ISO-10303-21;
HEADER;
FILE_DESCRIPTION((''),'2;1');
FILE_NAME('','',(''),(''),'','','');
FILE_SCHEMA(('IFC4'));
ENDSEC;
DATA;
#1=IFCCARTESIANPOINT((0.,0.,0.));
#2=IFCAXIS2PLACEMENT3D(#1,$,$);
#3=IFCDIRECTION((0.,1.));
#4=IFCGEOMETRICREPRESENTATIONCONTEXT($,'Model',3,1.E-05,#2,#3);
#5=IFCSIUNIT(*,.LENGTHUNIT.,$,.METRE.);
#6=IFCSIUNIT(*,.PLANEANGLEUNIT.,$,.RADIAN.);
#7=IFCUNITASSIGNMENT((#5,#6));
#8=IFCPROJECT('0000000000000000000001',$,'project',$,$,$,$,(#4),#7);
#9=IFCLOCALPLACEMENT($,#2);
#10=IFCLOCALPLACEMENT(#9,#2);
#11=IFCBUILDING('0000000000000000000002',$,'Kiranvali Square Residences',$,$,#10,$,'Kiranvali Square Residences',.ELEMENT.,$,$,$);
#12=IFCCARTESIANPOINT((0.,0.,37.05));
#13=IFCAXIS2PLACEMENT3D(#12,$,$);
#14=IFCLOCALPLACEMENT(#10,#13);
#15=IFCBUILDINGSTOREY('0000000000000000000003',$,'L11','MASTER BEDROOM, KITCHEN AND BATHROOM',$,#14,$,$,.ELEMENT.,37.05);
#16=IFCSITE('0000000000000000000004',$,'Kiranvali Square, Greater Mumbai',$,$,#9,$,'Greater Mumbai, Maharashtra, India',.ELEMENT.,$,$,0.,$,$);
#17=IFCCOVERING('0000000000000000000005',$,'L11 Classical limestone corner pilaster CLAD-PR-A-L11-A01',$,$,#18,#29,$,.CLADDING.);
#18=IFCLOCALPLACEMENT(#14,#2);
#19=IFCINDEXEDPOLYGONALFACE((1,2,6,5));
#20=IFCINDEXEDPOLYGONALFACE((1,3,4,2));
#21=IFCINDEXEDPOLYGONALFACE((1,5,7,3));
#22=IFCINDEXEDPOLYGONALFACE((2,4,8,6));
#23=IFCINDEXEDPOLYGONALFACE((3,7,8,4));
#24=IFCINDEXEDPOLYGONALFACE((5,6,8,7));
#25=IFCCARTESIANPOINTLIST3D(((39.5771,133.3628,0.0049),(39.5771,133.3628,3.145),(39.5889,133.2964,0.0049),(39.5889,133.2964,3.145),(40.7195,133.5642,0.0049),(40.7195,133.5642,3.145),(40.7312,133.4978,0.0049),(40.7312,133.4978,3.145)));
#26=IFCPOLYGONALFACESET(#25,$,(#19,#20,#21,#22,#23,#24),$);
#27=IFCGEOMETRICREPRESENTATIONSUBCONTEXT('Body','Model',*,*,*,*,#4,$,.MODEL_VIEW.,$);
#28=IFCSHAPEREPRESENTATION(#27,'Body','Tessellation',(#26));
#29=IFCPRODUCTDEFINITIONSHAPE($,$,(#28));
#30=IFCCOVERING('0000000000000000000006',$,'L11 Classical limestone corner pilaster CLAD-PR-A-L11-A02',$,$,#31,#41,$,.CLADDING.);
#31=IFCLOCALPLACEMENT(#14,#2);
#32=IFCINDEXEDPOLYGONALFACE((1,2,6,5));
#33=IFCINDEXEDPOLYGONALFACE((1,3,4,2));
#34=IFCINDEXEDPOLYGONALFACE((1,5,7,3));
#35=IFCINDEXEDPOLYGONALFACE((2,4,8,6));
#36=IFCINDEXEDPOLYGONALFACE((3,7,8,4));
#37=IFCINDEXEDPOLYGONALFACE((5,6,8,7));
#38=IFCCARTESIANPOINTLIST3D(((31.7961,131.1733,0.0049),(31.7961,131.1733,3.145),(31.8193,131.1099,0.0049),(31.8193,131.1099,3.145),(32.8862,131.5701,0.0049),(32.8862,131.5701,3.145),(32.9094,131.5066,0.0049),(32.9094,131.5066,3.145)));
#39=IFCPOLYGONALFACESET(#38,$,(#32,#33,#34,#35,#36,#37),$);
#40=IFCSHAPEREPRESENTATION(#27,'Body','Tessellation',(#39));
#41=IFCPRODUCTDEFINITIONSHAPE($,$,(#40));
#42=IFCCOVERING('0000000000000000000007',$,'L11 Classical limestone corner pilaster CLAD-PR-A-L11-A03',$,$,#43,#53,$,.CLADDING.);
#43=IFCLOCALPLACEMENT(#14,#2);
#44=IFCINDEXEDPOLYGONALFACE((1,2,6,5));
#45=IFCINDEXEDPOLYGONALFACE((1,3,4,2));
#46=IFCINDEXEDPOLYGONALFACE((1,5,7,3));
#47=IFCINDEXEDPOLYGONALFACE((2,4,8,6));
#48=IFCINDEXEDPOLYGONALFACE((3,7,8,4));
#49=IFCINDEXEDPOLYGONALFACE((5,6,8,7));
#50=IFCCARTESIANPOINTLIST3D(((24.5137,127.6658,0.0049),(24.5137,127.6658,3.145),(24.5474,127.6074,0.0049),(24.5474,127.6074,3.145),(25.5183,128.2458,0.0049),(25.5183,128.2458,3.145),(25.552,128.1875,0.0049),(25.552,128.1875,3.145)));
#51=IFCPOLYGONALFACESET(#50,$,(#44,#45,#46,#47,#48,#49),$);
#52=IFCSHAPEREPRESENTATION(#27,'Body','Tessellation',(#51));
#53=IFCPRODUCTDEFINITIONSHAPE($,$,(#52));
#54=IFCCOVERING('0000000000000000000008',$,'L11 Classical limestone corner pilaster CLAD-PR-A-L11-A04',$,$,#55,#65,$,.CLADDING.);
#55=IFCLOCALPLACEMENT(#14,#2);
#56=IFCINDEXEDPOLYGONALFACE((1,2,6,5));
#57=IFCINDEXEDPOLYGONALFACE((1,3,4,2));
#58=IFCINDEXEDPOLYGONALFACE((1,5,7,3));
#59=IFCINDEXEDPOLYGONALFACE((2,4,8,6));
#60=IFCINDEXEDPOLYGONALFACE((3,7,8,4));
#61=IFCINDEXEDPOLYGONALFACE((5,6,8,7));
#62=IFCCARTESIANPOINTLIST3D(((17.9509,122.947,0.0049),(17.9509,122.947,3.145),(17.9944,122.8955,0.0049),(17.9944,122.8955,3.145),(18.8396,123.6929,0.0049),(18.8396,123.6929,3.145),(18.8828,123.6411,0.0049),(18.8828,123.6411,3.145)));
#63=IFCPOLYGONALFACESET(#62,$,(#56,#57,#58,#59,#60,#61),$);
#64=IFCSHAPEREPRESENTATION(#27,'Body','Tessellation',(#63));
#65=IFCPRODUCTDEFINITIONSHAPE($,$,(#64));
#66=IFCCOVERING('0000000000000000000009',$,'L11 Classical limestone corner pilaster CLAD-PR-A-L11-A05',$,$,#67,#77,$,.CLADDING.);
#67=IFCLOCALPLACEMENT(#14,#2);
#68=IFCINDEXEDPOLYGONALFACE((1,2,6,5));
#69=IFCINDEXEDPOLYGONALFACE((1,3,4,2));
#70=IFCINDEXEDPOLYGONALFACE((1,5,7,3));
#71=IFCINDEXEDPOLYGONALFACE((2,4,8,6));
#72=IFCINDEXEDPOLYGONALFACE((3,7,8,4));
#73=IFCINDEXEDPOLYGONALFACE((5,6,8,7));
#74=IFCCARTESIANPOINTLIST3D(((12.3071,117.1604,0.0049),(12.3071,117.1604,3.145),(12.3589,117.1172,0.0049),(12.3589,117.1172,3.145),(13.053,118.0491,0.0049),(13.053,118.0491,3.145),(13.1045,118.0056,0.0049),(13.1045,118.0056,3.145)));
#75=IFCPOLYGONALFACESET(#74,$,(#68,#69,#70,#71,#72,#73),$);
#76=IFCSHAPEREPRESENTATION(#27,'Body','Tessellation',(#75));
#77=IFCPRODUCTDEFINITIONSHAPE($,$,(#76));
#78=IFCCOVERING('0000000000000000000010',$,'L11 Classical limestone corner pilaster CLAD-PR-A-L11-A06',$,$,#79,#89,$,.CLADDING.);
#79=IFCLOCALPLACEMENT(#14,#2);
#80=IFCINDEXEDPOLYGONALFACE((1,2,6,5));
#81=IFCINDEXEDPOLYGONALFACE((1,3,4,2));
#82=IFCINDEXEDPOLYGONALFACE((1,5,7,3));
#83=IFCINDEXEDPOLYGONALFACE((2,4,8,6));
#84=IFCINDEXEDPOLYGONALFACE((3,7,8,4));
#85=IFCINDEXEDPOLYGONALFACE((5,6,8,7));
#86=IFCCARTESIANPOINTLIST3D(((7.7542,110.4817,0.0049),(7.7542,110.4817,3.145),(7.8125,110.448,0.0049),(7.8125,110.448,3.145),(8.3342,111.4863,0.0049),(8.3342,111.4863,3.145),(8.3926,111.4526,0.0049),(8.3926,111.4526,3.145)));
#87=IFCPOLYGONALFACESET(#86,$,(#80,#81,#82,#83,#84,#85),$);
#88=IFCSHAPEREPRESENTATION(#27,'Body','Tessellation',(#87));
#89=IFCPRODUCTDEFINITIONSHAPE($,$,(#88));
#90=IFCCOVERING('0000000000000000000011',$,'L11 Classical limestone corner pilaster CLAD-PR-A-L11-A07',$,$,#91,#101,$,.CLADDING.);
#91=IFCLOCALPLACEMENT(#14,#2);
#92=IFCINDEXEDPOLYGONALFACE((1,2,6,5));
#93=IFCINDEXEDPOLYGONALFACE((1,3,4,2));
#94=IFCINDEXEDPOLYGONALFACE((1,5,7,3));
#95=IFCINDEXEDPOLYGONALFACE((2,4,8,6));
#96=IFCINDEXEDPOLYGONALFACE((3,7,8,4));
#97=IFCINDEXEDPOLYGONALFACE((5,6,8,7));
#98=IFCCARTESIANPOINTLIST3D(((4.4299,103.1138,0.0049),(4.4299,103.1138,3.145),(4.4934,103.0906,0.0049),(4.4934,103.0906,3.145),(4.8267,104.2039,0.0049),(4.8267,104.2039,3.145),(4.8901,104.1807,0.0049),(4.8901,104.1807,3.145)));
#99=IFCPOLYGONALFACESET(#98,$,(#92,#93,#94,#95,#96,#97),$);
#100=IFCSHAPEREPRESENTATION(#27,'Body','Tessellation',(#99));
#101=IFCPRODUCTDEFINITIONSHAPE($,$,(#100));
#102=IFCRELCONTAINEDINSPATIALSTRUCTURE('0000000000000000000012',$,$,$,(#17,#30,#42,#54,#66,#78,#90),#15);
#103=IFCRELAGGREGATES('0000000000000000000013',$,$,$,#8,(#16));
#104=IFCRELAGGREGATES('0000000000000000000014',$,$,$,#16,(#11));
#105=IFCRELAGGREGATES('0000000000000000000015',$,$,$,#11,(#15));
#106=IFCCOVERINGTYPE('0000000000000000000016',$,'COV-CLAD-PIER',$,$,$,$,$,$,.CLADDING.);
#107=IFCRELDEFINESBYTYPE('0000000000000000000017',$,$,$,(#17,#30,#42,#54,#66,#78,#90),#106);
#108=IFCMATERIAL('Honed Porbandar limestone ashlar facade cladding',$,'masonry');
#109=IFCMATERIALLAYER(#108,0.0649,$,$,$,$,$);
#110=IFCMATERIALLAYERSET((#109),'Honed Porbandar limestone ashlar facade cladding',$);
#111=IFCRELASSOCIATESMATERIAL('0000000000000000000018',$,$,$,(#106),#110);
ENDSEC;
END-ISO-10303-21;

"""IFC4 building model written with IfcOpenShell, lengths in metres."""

from ifc_helpers import new_model, si_unit, direction, frame, origin, place, context, subcontext, project, spatial, polyline, outline, extrude, material, layer, layer_set, type_object, element, save


model = new_model("IFC4")

# Units and contexts
model_context = context("Model", 3, precision=1e-05, world=origin(), true_north=direction((0.0, 1.0)))
body_context = subcontext(model_context, "Body", "Model", "MODEL_VIEW")
ifc_project = project(units=[si_unit("LENGTHUNIT", "METRE"), si_unit("PLANEANGLEUNIT", "RADIAN")], contexts=[model_context])

# Site, building, storey
site_placement = place(None, origin())
site = spatial("IfcSite", under=ifc_project, at=site_placement, Name="Kiranvali Square, Greater Mumbai", LongName="Greater Mumbai, Maharashtra, India", CompositionType="ELEMENT", RefElevation=0.0)
building_placement = place(site_placement, origin())
building = spatial("IfcBuilding", under=site, at=building_placement, Name="Kiranvali Square Residences", LongName="Kiranvali Square Residences", CompositionType="ELEMENT")
storey_placement = place(building_placement, frame((0.0, 0.0, 37.05)))
storey = spatial("IfcBuildingStorey", under=building, at=storey_placement, Name="L11", Description="MASTER BEDROOM, KITCHEN AND BATHROOM", CompositionType="ELEMENT", Elevation=37.05)

# Coverings
ifc_material = material(Name="Honed Porbandar limestone ashlar facade cladding", Category="masonry")
ifc_layer_1 = layer(ifc_material, 0.0649)
ifc_layer_set_1 = layer_set([ifc_layer_1], Name="Honed Porbandar limestone ashlar facade cladding")
covering_type_1 = type_object("IfcCoveringType", Name="COV-CLAD-PIER", PredefinedType="CLADDING", material=ifc_layer_set_1)
covering_1_placement = place(storey_placement, frame((0.0, 0.0, 0.0049)))
element("IfcCovering", 1, at=covering_1_placement, inside=storey, type_object=covering_type_1, Name="L11 Classical limestone corner pilaster CLAD-PR-A-L11-A01", PredefinedType="CLADDING", context=body_context, shape_type="SweptSolid", body=[
    extrude(outline(polyline([(40.7195, 133.5642), (39.5771, 133.3628), (39.5889, 133.2964), (40.7312, 133.4978), (40.7195, 133.5642)])), origin(), (0.0, 0.0, 1.0), 3.1401),
])
covering_2_placement = place(storey_placement, frame((0.0, 0.0, 0.0049)))
element("IfcCovering", 2, at=covering_2_placement, inside=storey, type_object=covering_type_1, Name="L11 Classical limestone corner pilaster CLAD-PR-A-L11-A02", PredefinedType="CLADDING", context=body_context, shape_type="SweptSolid", body=[
    extrude(outline(polyline([(32.8862, 131.5701), (31.7961, 131.1733), (31.8193, 131.1099), (32.9094, 131.5066), (32.8862, 131.5701)])), origin(), (0.0, 0.0, 1.0), 3.1401),
])
covering_3_placement = place(storey_placement, frame((0.0, 0.0, 0.0049)))
element("IfcCovering", 3, at=covering_3_placement, inside=storey, type_object=covering_type_1, Name="L11 Classical limestone corner pilaster CLAD-PR-A-L11-A03", PredefinedType="CLADDING", context=body_context, shape_type="SweptSolid", body=[
    extrude(outline(polyline([(25.5183, 128.2458), (24.5137, 127.6658), (24.5474, 127.6074), (25.552, 128.1875), (25.5183, 128.2458)])), origin(), (0.0, 0.0, 1.0), 3.1401),
])
covering_4_placement = place(storey_placement, frame((0.0, 0.0, 0.0049)))
element("IfcCovering", 4, at=covering_4_placement, inside=storey, type_object=covering_type_1, Name="L11 Classical limestone corner pilaster CLAD-PR-A-L11-A04", PredefinedType="CLADDING", context=body_context, shape_type="SweptSolid", body=[
    extrude(outline(polyline([(18.8396, 123.6929), (17.9509, 122.947), (17.9944, 122.8955), (18.8828, 123.6411), (18.8396, 123.6929)])), origin(), (0.0, 0.0, 1.0), 3.1401),
])
covering_5_placement = place(storey_placement, frame((0.0, 0.0, 0.0049)))
element("IfcCovering", 5, at=covering_5_placement, inside=storey, type_object=covering_type_1, Name="L11 Classical limestone corner pilaster CLAD-PR-A-L11-A05", PredefinedType="CLADDING", context=body_context, shape_type="SweptSolid", body=[
    extrude(outline(polyline([(13.053, 118.0491), (12.3071, 117.1604), (12.3589, 117.1172), (13.1045, 118.0056), (13.053, 118.0491)])), origin(), (0.0, 0.0, 1.0), 3.1401),
])
covering_6_placement = place(storey_placement, frame((0.0, 0.0, 0.0049)))
element("IfcCovering", 6, at=covering_6_placement, inside=storey, type_object=covering_type_1, Name="L11 Classical limestone corner pilaster CLAD-PR-A-L11-A06", PredefinedType="CLADDING", context=body_context, shape_type="SweptSolid", body=[
    extrude(outline(polyline([(8.3342, 111.4863), (7.7542, 110.4817), (7.8125, 110.448), (8.3926, 111.4526), (8.3342, 111.4863)])), origin(), (0.0, 0.0, 1.0), 3.1401),
])
covering_7_placement = place(storey_placement, frame((0.0, 0.0, 0.0049)))
element("IfcCovering", 7, at=covering_7_placement, inside=storey, type_object=covering_type_1, Name="L11 Classical limestone corner pilaster CLAD-PR-A-L11-A07", PredefinedType="CLADDING", context=body_context, shape_type="SweptSolid", body=[
    extrude(outline(polyline([(4.8267, 104.2039), (4.4299, 103.1138), (4.4934, 103.0906), (4.8901, 104.1807), (4.8267, 104.2039)])), origin(), (0.0, 0.0, 1.0), 3.1401),
])

save(model, "model.ifc")
